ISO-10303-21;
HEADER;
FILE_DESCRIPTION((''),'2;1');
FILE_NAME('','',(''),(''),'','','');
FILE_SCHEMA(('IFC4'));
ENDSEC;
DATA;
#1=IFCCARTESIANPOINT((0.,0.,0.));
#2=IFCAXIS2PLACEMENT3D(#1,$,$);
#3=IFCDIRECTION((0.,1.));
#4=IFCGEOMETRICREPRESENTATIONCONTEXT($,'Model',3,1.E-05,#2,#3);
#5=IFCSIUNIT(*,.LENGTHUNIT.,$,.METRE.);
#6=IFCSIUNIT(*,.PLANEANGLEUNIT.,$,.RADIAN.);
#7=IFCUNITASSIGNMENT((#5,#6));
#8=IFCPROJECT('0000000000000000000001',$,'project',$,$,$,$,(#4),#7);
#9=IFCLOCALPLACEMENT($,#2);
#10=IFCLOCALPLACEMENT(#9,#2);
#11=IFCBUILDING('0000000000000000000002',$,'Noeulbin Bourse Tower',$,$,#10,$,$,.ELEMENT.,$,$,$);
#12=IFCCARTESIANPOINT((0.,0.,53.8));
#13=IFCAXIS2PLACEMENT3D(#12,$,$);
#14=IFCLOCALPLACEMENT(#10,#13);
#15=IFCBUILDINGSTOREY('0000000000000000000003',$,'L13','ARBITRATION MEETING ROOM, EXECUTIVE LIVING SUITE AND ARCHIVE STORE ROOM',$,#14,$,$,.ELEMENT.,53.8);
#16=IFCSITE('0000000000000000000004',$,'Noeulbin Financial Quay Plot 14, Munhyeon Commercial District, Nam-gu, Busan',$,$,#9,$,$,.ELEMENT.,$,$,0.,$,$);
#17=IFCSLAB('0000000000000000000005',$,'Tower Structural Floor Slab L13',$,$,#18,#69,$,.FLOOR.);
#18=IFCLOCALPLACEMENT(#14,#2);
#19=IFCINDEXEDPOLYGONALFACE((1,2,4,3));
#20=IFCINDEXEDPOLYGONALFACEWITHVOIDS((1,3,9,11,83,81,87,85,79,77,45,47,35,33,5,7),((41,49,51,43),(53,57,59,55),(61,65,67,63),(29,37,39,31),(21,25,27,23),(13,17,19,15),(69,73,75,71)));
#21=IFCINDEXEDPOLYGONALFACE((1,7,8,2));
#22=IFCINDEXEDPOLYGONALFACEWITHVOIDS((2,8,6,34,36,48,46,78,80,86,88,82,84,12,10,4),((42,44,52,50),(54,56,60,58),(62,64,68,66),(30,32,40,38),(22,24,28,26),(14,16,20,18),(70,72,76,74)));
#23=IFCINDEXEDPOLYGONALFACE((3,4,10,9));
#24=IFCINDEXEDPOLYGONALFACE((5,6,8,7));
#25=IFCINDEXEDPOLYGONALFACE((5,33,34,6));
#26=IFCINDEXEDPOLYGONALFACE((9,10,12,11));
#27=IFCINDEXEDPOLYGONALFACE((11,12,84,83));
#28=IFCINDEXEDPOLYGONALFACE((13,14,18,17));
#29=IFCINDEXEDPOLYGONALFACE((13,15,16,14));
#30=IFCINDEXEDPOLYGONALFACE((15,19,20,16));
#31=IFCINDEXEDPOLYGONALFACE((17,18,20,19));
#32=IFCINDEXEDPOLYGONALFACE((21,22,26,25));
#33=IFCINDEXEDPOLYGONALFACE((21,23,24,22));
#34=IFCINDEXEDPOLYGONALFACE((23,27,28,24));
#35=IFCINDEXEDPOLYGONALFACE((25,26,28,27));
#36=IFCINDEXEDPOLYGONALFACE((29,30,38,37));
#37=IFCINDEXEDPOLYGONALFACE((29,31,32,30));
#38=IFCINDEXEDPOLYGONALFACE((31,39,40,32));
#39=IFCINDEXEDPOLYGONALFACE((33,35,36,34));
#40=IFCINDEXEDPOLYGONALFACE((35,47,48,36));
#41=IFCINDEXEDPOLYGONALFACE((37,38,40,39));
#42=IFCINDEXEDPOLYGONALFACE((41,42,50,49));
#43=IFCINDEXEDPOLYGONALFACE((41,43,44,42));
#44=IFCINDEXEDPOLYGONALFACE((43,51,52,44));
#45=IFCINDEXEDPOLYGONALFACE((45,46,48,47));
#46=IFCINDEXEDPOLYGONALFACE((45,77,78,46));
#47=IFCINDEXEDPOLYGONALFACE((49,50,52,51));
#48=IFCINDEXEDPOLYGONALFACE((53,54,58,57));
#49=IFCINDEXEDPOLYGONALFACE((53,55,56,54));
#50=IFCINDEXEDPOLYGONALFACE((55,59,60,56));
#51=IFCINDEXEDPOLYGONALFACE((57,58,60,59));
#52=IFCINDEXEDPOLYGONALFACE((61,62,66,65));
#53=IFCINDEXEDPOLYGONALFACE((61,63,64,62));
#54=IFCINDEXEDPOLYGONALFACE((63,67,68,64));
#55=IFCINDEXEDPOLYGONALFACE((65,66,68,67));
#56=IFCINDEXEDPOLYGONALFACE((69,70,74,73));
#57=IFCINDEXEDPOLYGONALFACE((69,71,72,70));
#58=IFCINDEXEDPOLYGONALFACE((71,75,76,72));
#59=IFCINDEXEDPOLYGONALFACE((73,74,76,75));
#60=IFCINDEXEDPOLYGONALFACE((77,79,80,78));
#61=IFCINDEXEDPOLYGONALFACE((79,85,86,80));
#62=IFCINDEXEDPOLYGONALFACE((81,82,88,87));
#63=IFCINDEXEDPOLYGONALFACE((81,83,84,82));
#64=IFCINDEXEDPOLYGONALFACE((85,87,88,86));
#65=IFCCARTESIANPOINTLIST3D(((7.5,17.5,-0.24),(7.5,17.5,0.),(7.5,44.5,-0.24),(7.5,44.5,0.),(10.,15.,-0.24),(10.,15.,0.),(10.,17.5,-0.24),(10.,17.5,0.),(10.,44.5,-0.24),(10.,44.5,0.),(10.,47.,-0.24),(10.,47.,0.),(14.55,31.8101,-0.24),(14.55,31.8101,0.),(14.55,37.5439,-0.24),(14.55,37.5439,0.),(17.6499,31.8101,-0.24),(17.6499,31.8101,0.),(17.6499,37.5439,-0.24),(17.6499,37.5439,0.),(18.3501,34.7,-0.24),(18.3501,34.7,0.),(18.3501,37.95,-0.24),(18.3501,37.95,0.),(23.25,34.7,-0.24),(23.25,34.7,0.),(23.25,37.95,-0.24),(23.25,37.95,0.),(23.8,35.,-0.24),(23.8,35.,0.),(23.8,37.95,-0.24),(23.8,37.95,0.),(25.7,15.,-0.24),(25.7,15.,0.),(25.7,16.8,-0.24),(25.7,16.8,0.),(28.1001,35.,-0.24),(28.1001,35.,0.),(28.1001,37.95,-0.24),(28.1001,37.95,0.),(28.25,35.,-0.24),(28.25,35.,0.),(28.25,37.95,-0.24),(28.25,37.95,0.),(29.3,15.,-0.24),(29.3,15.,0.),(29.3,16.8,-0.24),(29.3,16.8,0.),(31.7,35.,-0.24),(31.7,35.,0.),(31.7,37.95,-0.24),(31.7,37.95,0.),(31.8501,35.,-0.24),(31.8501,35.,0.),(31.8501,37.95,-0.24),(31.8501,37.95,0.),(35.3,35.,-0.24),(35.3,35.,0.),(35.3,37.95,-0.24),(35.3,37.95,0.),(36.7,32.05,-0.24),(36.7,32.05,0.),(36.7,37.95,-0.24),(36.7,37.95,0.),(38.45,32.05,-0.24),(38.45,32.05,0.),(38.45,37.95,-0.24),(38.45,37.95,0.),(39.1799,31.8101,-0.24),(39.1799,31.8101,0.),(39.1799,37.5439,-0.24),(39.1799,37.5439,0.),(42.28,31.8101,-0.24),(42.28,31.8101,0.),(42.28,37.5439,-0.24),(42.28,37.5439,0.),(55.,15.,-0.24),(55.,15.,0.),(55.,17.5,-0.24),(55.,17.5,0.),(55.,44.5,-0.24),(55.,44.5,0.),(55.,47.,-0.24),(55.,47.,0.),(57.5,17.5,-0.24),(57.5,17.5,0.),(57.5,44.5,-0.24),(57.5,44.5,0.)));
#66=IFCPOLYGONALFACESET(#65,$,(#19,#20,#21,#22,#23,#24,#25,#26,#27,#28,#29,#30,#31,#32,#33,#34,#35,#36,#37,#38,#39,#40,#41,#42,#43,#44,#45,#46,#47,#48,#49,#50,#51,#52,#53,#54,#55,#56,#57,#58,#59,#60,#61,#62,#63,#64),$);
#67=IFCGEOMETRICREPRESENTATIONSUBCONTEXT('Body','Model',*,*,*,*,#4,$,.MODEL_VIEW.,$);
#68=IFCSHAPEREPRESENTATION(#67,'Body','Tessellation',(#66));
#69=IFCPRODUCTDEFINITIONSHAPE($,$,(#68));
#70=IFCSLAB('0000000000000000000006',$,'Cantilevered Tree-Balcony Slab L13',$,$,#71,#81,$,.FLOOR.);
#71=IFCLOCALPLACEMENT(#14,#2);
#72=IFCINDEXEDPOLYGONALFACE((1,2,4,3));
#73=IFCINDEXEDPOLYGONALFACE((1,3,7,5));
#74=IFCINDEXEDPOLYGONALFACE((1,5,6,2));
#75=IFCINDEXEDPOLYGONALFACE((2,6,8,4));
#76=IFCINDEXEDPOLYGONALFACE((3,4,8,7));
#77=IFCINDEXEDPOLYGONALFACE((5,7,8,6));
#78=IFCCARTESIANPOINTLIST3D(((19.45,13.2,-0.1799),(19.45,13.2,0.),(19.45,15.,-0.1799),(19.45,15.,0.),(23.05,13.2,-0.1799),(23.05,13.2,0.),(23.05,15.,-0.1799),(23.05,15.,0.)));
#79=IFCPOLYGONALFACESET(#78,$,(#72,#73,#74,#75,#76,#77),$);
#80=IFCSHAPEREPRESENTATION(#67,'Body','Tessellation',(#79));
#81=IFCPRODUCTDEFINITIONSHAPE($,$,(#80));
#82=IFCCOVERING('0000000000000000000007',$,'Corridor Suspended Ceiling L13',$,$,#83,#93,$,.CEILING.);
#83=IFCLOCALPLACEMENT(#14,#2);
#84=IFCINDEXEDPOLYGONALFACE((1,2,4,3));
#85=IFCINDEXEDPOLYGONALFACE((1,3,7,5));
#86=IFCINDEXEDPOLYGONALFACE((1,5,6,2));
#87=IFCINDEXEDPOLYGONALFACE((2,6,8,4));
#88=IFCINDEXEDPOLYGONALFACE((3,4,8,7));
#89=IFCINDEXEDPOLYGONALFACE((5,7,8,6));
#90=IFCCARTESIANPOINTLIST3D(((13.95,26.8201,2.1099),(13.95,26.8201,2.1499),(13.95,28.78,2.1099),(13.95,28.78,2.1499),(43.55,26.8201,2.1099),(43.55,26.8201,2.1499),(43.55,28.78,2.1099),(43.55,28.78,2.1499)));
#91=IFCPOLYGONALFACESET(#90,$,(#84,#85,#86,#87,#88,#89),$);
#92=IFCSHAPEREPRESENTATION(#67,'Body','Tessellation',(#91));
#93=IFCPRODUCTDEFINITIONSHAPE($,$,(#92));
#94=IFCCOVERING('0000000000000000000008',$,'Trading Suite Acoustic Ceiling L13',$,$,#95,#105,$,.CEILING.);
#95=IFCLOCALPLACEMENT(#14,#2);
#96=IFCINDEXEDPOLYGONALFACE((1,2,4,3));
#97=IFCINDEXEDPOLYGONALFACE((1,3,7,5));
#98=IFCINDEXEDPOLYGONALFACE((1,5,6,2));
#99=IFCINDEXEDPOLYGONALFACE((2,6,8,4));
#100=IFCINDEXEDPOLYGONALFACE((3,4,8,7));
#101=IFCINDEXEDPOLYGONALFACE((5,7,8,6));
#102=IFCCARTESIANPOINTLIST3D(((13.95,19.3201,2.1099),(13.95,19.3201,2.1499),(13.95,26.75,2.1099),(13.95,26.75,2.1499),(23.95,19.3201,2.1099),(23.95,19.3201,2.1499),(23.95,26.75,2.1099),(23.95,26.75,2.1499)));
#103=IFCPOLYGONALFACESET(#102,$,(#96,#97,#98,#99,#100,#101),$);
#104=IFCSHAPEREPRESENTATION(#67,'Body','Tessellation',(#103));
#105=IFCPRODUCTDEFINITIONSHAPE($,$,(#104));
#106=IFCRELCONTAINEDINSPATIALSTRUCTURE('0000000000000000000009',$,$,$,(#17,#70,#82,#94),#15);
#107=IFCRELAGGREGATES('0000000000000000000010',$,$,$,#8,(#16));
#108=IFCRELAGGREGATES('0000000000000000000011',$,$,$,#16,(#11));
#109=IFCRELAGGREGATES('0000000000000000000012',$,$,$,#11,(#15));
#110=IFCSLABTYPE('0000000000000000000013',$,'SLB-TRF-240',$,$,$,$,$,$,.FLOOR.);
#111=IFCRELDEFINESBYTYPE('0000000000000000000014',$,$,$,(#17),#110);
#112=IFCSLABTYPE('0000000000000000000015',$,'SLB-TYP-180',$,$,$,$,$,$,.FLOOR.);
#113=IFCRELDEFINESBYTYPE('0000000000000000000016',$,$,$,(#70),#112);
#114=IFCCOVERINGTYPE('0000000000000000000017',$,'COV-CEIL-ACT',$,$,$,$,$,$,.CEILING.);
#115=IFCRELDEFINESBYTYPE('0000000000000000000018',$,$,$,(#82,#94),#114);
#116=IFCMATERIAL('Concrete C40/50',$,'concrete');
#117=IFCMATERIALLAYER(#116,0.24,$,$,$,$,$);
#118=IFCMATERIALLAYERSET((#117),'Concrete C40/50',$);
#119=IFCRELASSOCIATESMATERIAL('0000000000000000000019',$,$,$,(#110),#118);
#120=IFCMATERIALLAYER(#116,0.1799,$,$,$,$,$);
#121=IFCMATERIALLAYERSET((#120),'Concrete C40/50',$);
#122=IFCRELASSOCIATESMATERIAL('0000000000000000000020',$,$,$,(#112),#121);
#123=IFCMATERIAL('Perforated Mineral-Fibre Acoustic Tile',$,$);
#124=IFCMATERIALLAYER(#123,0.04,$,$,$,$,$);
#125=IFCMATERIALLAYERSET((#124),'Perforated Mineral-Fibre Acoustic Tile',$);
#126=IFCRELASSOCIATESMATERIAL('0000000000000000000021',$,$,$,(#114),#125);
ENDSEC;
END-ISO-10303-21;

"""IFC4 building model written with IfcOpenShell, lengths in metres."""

from ifc_helpers import new_model, si_unit, direction, frame, origin, place, context, subcontext, project, spatial, polyline, outline, extrude, material, layer, layer_set, type_object, element, save


model = new_model("IFC4")

# Units and contexts
model_context = context("Model", 3, precision=1e-05, world=origin(), true_north=direction((0.0, 1.0)))
body_context = subcontext(model_context, "Body", "Model", "MODEL_VIEW")
ifc_project = project(units=[si_unit("LENGTHUNIT", "METRE"), si_unit("PLANEANGLEUNIT", "RADIAN")], contexts=[model_context])

# Site, building, storey
site_placement = place(None, origin())
site = spatial("IfcSite", under=ifc_project, at=site_placement, Name="Noeulbin Financial Quay Plot 14, Munhyeon Commercial District, Nam-gu, Busan", CompositionType="ELEMENT", RefElevation=0.0)
building_placement = place(site_placement, origin())
building = spatial("IfcBuilding", under=site, at=building_placement, Name="Noeulbin Bourse Tower", CompositionType="ELEMENT")
storey_placement = place(building_placement, frame((0.0, 0.0, 53.8)))
storey = spatial("IfcBuildingStorey", under=building, at=storey_placement, Name="L13", Description="ARBITRATION MEETING ROOM, EXECUTIVE LIVING SUITE AND ARCHIVE STORE ROOM", CompositionType="ELEMENT", Elevation=53.8)

# Shared definitions
ifc_material_1 = material(Name="Concrete C40/50", Category="concrete")

# Slab, openings
ifc_layer_1 = layer(ifc_material_1, 0.24)
ifc_layer_set_1 = layer_set([ifc_layer_1], Name="Concrete C40/50")
slab_type_1 = type_object("IfcSlabType", Name="SLB-TRF-240", PredefinedType="FLOOR", material=ifc_layer_set_1)
slab_1_placement = place(storey_placement, frame((0.0, 0.0, -0.24)))
slab_1 = element("IfcSlab", 1, at=slab_1_placement, inside=storey, type_object=slab_type_1, Name="Tower Structural Floor Slab L13", PredefinedType="FLOOR", context=body_context, shape_type="SweptSolid", body=[
    extrude(outline(polyline([(10.0, 15.0), (25.7, 15.0), (25.7, 16.8), (29.3, 16.8), (29.3, 15.0), (55.0, 15.0), (55.0, 17.5), (57.5, 17.5), (57.5, 44.5), (55.0, 44.5), (55.0, 47.0), (10.0, 47.0), (10.0, 44.5), (7.5, 44.5), (7.5, 17.5), (10.0, 17.5), (10.0, 15.0)]), holes=[polyline([(17.6499, 31.8101), (17.6499, 37.5439), (14.55, 37.5439), (14.55, 31.8101), (17.6499, 31.8101)]), polyline([(42.28, 31.8101), (42.28, 37.5439), (39.1799, 37.5439), (39.1799, 31.8101), (42.28, 31.8101)]), polyline([(18.3501, 34.7), (23.25, 34.7), (23.25, 37.95), (18.3501, 37.95), (18.3501, 34.7)]), polyline([(36.7, 32.05), (38.45, 32.05), (38.45, 37.95), (36.7, 37.95), (36.7, 32.05)]), polyline([(23.8, 35.0), (28.1001, 35.0), (28.1001, 37.95), (23.8, 37.95), (23.8, 35.0)]), polyline([(28.25, 35.0), (31.7, 35.0), (31.7, 37.95), (28.25, 37.95), (28.25, 35.0)]), polyline([(31.8501, 35.0), (35.3, 35.0), (35.3, 37.95), (31.8501, 37.95), (31.8501, 35.0)])]), origin(), (0.0, 0.0, 1.0), 0.24),
])
opening_1_placement = place(slab_1_placement, frame((0.0, 0.0, -0.01)))
element("IfcOpeningElement", 2, at=opening_1_placement, cuts=slab_1, PredefinedType="OPENING", context=body_context, shape_type="SweptSolid", body=[
    extrude(outline(polyline([(17.6499, 31.8101), (17.6499, 37.5439), (14.55, 37.5439), (14.55, 31.8101), (17.6499, 31.8101)])), origin(), (0.0, 0.0, 1.0), 0.26),
])
opening_2_placement = place(slab_1_placement, frame((0.0, 0.0, -0.01)))
element("IfcOpeningElement", 3, at=opening_2_placement, cuts=slab_1, PredefinedType="OPENING", context=body_context, shape_type="SweptSolid", body=[
    extrude(outline(polyline([(42.28, 31.8101), (42.28, 37.5439), (39.1799, 37.5439), (39.1799, 31.8101), (42.28, 31.8101)])), origin(), (0.0, 0.0, 1.0), 0.26),
])
opening_3_placement = place(slab_1_placement, frame((0.0, 0.0, -0.01)))
element("IfcOpeningElement", 4, at=opening_3_placement, cuts=slab_1, PredefinedType="OPENING", context=body_context, shape_type="SweptSolid", body=[
    extrude(outline(polyline([(18.3501, 34.7), (23.25, 34.7), (23.25, 37.95), (18.3501, 37.95), (18.3501, 34.7)])), origin(), (0.0, 0.0, 1.0), 0.26),
])
opening_4_placement = place(slab_1_placement, frame((0.0, 0.0, -0.01)))
element("IfcOpeningElement", 5, at=opening_4_placement, cuts=slab_1, PredefinedType="OPENING", context=body_context, shape_type="SweptSolid", body=[
    extrude(outline(polyline([(36.7, 32.05), (38.45, 32.05), (38.45, 37.95), (36.7, 37.95), (36.7, 32.05)])), origin(), (0.0, 0.0, 1.0), 0.26),
])
opening_5_placement = place(slab_1_placement, frame((0.0, 0.0, -0.01)))
element("IfcOpeningElement", 6, at=opening_5_placement, cuts=slab_1, PredefinedType="OPENING", context=body_context, shape_type="SweptSolid", body=[
    extrude(outline(polyline([(23.8, 35.0), (28.1001, 35.0), (28.1001, 37.95), (23.8, 37.95), (23.8, 35.0)])), origin(), (0.0, 0.0, 1.0), 0.26),
])
opening_6_placement = place(slab_1_placement, frame((0.0, 0.0, -0.01)))
element("IfcOpeningElement", 7, at=opening_6_placement, cuts=slab_1, PredefinedType="OPENING", context=body_context, shape_type="SweptSolid", body=[
    extrude(outline(polyline([(28.25, 35.0), (31.7, 35.0), (31.7, 37.95), (28.25, 37.95), (28.25, 35.0)])), origin(), (0.0, 0.0, 1.0), 0.26),
])
opening_7_placement = place(slab_1_placement, frame((0.0, 0.0, -0.01)))
element("IfcOpeningElement", 8, at=opening_7_placement, cuts=slab_1, PredefinedType="OPENING", context=body_context, shape_type="SweptSolid", body=[
    extrude(outline(polyline([(31.8501, 35.0), (35.3, 35.0), (35.3, 37.95), (31.8501, 37.95), (31.8501, 35.0)])), origin(), (0.0, 0.0, 1.0), 0.26),
])

# Slab
ifc_layer_2 = layer(ifc_material_1, 0.1799)
ifc_layer_set_2 = layer_set([ifc_layer_2], Name="Concrete C40/50")
slab_type_2 = type_object("IfcSlabType", Name="SLB-TYP-180", PredefinedType="FLOOR", material=ifc_layer_set_2)
slab_2_placement = place(storey_placement, frame((0.0, 0.0, -0.1799)))
element("IfcSlab", 9, at=slab_2_placement, inside=storey, type_object=slab_type_2, Name="Cantilevered Tree-Balcony Slab L13", PredefinedType="FLOOR", context=body_context, shape_type="SweptSolid", body=[
    extrude(outline(polyline([(19.45, 13.2), (23.05, 13.2), (23.05, 15.0), (19.45, 15.0), (19.45, 13.2)])), origin(), (0.0, 0.0, 1.0), 0.1799),
])

# Coverings
ifc_material_2 = material(Name="Perforated Mineral-Fibre Acoustic Tile")
ifc_layer_3 = layer(ifc_material_2, 0.04)
ifc_layer_set_3 = layer_set([ifc_layer_3], Name="Perforated Mineral-Fibre Acoustic Tile")
covering_type = type_object("IfcCoveringType", Name="COV-CEIL-ACT", PredefinedType="CEILING", material=ifc_layer_set_3)
covering_1_placement = place(storey_placement, frame((0.0, 0.0, 2.1099)))
element("IfcCovering", 10, at=covering_1_placement, inside=storey, type_object=covering_type, Name="Corridor Suspended Ceiling L13", PredefinedType="CEILING", context=body_context, shape_type="SweptSolid", body=[
    extrude(outline(polyline([(13.95, 26.8201), (43.55, 26.8201), (43.55, 28.78), (13.95, 28.78), (13.95, 26.8201)])), origin(), (0.0, 0.0, 1.0), 0.04),
])
covering_2_placement = place(storey_placement, frame((0.0, 0.0, 2.1099)))
element("IfcCovering", 11, at=covering_2_placement, inside=storey, type_object=covering_type, Name="Trading Suite Acoustic Ceiling L13", PredefinedType="CEILING", context=body_context, shape_type="SweptSolid", body=[
    extrude(outline(polyline([(13.95, 19.3201), (23.95, 19.3201), (23.95, 26.75), (13.95, 26.75), (13.95, 19.3201)])), origin(), (0.0, 0.0, 1.0), 0.04),
])

save(model, "model.ifc")
